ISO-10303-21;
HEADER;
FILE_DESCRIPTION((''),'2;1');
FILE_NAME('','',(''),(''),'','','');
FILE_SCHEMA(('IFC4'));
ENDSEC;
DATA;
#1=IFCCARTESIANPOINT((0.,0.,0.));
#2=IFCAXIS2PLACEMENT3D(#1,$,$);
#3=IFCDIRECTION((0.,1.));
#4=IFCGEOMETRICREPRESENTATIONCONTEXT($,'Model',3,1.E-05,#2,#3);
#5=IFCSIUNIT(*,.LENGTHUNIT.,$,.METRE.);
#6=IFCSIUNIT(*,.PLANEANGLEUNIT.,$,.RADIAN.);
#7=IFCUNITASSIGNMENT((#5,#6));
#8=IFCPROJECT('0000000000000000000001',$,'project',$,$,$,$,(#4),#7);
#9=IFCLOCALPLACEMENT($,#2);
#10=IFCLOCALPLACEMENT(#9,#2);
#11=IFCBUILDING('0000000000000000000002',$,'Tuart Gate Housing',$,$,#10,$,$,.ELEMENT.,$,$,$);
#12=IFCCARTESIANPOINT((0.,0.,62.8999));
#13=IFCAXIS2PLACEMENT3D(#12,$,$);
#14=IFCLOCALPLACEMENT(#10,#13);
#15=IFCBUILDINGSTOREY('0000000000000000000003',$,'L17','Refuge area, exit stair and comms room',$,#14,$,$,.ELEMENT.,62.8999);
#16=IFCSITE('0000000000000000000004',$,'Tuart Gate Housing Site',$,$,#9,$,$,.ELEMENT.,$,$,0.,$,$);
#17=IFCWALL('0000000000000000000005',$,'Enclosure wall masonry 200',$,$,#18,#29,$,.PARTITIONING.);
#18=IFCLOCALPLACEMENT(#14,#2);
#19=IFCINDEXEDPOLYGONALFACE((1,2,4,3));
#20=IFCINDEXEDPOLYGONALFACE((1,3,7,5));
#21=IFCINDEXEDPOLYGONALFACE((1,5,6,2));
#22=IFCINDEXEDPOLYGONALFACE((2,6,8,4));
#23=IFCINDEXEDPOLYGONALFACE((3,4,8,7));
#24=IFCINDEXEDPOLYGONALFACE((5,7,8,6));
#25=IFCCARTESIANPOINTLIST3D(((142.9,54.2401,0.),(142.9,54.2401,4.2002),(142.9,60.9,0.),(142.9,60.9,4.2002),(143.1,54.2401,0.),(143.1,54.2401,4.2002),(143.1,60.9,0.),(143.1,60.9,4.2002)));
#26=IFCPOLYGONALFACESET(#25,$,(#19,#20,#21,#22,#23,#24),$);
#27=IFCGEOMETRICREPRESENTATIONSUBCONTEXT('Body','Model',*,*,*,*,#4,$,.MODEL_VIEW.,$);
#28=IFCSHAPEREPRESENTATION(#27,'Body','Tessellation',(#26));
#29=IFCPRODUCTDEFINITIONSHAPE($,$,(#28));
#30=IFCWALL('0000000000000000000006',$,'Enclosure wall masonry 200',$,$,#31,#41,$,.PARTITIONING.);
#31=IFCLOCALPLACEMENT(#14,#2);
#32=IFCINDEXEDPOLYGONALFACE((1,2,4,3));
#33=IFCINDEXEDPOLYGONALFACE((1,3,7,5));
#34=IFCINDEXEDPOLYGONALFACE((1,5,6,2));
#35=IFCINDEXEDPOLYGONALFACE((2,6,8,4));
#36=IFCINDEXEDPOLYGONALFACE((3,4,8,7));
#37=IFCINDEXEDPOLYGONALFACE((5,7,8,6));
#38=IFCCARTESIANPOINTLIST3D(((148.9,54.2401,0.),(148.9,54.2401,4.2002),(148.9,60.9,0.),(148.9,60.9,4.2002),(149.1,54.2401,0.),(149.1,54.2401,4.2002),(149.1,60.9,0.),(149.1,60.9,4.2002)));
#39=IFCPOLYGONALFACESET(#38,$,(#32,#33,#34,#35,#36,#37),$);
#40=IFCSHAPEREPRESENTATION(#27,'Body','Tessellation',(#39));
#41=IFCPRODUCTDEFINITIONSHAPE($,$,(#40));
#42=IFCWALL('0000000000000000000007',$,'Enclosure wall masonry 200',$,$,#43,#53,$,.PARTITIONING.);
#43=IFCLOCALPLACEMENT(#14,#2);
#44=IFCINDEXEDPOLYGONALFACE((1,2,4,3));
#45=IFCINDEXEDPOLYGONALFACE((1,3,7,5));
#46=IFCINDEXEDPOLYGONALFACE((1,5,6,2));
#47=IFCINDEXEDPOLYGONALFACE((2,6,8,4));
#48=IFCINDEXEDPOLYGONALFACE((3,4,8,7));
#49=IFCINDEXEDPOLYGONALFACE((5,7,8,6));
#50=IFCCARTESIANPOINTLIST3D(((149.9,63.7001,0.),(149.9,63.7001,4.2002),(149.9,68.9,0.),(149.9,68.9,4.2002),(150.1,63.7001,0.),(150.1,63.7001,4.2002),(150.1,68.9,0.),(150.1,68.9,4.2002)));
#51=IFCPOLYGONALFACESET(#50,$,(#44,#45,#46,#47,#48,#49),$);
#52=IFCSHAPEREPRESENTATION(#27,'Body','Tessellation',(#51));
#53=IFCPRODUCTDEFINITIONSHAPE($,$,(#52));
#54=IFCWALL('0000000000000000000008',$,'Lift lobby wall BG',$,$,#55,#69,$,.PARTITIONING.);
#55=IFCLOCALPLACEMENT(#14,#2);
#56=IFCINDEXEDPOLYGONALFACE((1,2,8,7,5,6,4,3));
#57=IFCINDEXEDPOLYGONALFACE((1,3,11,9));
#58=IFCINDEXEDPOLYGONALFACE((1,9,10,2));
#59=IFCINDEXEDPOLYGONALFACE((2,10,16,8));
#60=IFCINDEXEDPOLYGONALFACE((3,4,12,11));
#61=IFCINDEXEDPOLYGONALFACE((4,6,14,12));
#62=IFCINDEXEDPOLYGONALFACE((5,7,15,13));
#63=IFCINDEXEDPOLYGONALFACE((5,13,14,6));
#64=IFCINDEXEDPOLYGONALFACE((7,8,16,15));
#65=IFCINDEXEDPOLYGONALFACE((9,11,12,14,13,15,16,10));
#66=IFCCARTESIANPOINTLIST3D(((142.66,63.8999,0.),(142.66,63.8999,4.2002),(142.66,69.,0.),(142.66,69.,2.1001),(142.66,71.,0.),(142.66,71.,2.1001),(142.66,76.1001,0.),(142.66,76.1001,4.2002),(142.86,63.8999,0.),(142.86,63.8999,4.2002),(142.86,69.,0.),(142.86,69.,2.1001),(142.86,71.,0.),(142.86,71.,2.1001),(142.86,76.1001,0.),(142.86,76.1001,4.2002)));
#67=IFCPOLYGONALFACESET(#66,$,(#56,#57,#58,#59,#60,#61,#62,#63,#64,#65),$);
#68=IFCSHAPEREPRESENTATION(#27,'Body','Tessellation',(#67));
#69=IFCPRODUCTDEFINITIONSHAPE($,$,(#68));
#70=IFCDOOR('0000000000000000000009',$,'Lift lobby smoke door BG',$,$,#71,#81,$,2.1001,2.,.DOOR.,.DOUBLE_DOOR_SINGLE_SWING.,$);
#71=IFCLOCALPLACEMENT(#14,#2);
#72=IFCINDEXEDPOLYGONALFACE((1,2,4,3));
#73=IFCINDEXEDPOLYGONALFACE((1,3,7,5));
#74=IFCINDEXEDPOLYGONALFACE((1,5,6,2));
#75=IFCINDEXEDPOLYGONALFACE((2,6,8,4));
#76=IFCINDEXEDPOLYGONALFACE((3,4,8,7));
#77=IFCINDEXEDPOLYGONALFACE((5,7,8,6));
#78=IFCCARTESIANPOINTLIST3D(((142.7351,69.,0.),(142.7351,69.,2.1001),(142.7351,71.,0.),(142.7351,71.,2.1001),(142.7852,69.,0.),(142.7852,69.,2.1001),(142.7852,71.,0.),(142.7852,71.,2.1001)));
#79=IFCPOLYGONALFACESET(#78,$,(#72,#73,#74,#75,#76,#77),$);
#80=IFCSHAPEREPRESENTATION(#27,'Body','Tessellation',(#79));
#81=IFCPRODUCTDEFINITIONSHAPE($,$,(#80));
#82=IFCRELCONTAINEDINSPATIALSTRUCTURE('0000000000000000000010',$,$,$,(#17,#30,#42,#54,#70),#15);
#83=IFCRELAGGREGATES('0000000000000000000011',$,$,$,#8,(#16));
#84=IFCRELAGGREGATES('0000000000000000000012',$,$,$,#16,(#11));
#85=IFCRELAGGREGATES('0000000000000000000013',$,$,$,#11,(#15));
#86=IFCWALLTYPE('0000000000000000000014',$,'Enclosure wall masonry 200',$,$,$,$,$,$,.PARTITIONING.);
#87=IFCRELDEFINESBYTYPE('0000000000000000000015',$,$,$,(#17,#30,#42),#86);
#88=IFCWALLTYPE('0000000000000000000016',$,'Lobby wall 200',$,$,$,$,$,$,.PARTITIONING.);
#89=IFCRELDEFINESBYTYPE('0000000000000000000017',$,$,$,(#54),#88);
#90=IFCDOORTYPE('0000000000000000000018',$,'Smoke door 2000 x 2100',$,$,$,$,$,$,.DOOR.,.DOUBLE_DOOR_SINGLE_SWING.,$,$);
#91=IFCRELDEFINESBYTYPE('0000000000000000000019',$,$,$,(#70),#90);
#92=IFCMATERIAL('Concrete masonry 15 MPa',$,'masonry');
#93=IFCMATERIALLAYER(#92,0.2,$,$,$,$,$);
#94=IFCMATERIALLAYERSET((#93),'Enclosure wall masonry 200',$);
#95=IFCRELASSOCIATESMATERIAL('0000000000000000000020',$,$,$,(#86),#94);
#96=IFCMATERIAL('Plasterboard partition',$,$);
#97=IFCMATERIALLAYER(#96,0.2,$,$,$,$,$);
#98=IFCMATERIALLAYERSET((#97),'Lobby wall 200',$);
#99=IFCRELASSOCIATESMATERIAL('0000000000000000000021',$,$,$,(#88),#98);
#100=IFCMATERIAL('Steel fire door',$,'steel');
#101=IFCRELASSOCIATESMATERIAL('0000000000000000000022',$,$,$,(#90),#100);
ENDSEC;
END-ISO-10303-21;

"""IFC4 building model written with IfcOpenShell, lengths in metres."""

from ifc_helpers import new_model, si_unit, direction, frame, frame_2d, origin, place, context, subcontext, project, spatial, rectangle, extrude, material, layer, layer_set, type_object, element, fill, save


model = new_model("IFC4")

# Units and contexts
model_context = context("Model", 3, precision=1e-05, world=origin(), true_north=direction((0.0, 1.0)))
body_context = subcontext(model_context, "Body", "Model", "MODEL_VIEW")
ifc_project = project(units=[si_unit("LENGTHUNIT", "METRE"), si_unit("PLANEANGLEUNIT", "RADIAN")], contexts=[model_context])

# Site, building, storey
site_placement = place(None, origin())
site = spatial("IfcSite", under=ifc_project, at=site_placement, Name="Tuart Gate Housing Site", CompositionType="ELEMENT", RefElevation=0.0)
building_placement = place(site_placement, origin())
building = spatial("IfcBuilding", under=site, at=building_placement, Name="Tuart Gate Housing", CompositionType="ELEMENT")
storey_placement = place(building_placement, frame((0.0, 0.0, 62.8999)))
storey = spatial("IfcBuildingStorey", under=building, at=storey_placement, Name="L17", Description="Refuge area, exit stair and comms room", CompositionType="ELEMENT", Elevation=62.8999)

# Shared definitions
ifc_material_1 = material(Name="Concrete masonry 15 MPa", Category="masonry")
ifc_layer_1 = layer(ifc_material_1, 0.2)
ifc_layer_set_1 = layer_set([ifc_layer_1], Name="Enclosure wall masonry 200")
wall_type_1 = type_object("IfcWallType", Name="Enclosure wall masonry 200", PredefinedType="PARTITIONING", material=ifc_layer_set_1)

# Walls
for number, where, z_axis, x_axis, name in (
    (1, (143.0, 54.24, 0.0), (0.0, 0.0, 1.0), (0.0, 1.0, 0.0), "Enclosure wall masonry 200"),
    (2, (149.0, 54.24, 0.0), (0.0, 0.0, 1.0), (0.0, 1.0, 0.0), "Enclosure wall masonry 200"),
):
    element("IfcWall", number, at=place(storey_placement, frame(where, z_axis=z_axis, x_axis=x_axis)), inside=storey, type_object=wall_type_1, Name=name, PredefinedType="PARTITIONING", context=body_context, shape_type="SweptSolid", body=[
        extrude(rectangle(XDim=6.6599, YDim=0.2, at=frame_2d((3.3301, 0.0))), origin(), (0.0, 0.0, 1.0), 4.2002),
    ])
wall_1_placement = place(storey_placement, frame((150.0, 63.7, 0.0), z_axis=(0.0, 0.0, 1.0), x_axis=(0.0, 1.0, 0.0)))
element("IfcWall", 3, at=wall_1_placement, inside=storey, type_object=wall_type_1, Name="Enclosure wall masonry 200", PredefinedType="PARTITIONING", context=body_context, shape_type="SweptSolid", body=[
    extrude(rectangle(XDim=5.2, YDim=0.2, at=frame_2d((2.6001, 0.0))), origin(), (0.0, 0.0, 1.0), 4.2002),
])

# Wall, opening, door
ifc_material_2 = material(Name="Plasterboard partition")
ifc_layer_2 = layer(ifc_material_2, 0.2)
ifc_layer_set_2 = layer_set([ifc_layer_2], Name="Lobby wall 200")
wall_type_2 = type_object("IfcWallType", Name="Lobby wall 200", PredefinedType="PARTITIONING", material=ifc_layer_set_2)
wall_2_placement = place(storey_placement, frame((142.76, 63.8999, 0.0), z_axis=(0.0, 0.0, 1.0), x_axis=(0.0, 1.0, 0.0)))
wall_2 = element("IfcWall", 4, at=wall_2_placement, inside=storey, type_object=wall_type_2, Name="Lift lobby wall BG", PredefinedType="PARTITIONING", context=body_context, shape_type="SweptSolid", body=[
    extrude(rectangle(XDim=12.2002, YDim=0.2, at=frame_2d((6.1001, 0.0))), origin(), (0.0, 0.0, 1.0), 4.2002),
])
opening_1_placement = place(wall_2_placement, frame((5.1001, 0.0, 0.0)))
opening_1 = element("IfcOpeningElement", 5, at=opening_1_placement, cuts=wall_2, PredefinedType="OPENING", context=body_context, shape_type="SweptSolid", body=[
    extrude(rectangle(XDim=2.0, YDim=2.1001, at=frame_2d((1.0, 1.05))), frame((0.0, 0.1099, 0.0), z_axis=(0.0, -1.0, 0.0), x_axis=(1.0, 0.0, 0.0)), (0.0, 0.0, 1.0), 0.22),
])
ifc_material_3 = material(Name="Steel fire door", Category="steel")
door_type_1 = type_object("IfcDoorType", Name="Smoke door 2000 x 2100", OperationType="DOUBLE_DOOR_SINGLE_SWING", PredefinedType="DOOR", material=ifc_material_3)
door_1_placement = place(opening_1_placement, origin())
door_1 = element("IfcDoor", 6, at=door_1_placement, inside=storey, type_object=door_type_1, Name="Lift lobby smoke door BG", OperationType="DOUBLE_DOOR_SINGLE_SWING", OverallHeight=2.1001, OverallWidth=2.0, PredefinedType="DOOR", context=body_context, shape_type="SweptSolid", body=[
    extrude(rectangle(XDim=2.0, YDim=2.1001, at=frame_2d((1.0, 1.05))), frame((0.0, 0.0249, 0.0), z_axis=(0.0, -1.0, 0.0), x_axis=(1.0, 0.0, 0.0)), (0.0, 0.0, 1.0), 0.05),
])
fill(opening_1, door_1)

save(model, "model.ifc")
